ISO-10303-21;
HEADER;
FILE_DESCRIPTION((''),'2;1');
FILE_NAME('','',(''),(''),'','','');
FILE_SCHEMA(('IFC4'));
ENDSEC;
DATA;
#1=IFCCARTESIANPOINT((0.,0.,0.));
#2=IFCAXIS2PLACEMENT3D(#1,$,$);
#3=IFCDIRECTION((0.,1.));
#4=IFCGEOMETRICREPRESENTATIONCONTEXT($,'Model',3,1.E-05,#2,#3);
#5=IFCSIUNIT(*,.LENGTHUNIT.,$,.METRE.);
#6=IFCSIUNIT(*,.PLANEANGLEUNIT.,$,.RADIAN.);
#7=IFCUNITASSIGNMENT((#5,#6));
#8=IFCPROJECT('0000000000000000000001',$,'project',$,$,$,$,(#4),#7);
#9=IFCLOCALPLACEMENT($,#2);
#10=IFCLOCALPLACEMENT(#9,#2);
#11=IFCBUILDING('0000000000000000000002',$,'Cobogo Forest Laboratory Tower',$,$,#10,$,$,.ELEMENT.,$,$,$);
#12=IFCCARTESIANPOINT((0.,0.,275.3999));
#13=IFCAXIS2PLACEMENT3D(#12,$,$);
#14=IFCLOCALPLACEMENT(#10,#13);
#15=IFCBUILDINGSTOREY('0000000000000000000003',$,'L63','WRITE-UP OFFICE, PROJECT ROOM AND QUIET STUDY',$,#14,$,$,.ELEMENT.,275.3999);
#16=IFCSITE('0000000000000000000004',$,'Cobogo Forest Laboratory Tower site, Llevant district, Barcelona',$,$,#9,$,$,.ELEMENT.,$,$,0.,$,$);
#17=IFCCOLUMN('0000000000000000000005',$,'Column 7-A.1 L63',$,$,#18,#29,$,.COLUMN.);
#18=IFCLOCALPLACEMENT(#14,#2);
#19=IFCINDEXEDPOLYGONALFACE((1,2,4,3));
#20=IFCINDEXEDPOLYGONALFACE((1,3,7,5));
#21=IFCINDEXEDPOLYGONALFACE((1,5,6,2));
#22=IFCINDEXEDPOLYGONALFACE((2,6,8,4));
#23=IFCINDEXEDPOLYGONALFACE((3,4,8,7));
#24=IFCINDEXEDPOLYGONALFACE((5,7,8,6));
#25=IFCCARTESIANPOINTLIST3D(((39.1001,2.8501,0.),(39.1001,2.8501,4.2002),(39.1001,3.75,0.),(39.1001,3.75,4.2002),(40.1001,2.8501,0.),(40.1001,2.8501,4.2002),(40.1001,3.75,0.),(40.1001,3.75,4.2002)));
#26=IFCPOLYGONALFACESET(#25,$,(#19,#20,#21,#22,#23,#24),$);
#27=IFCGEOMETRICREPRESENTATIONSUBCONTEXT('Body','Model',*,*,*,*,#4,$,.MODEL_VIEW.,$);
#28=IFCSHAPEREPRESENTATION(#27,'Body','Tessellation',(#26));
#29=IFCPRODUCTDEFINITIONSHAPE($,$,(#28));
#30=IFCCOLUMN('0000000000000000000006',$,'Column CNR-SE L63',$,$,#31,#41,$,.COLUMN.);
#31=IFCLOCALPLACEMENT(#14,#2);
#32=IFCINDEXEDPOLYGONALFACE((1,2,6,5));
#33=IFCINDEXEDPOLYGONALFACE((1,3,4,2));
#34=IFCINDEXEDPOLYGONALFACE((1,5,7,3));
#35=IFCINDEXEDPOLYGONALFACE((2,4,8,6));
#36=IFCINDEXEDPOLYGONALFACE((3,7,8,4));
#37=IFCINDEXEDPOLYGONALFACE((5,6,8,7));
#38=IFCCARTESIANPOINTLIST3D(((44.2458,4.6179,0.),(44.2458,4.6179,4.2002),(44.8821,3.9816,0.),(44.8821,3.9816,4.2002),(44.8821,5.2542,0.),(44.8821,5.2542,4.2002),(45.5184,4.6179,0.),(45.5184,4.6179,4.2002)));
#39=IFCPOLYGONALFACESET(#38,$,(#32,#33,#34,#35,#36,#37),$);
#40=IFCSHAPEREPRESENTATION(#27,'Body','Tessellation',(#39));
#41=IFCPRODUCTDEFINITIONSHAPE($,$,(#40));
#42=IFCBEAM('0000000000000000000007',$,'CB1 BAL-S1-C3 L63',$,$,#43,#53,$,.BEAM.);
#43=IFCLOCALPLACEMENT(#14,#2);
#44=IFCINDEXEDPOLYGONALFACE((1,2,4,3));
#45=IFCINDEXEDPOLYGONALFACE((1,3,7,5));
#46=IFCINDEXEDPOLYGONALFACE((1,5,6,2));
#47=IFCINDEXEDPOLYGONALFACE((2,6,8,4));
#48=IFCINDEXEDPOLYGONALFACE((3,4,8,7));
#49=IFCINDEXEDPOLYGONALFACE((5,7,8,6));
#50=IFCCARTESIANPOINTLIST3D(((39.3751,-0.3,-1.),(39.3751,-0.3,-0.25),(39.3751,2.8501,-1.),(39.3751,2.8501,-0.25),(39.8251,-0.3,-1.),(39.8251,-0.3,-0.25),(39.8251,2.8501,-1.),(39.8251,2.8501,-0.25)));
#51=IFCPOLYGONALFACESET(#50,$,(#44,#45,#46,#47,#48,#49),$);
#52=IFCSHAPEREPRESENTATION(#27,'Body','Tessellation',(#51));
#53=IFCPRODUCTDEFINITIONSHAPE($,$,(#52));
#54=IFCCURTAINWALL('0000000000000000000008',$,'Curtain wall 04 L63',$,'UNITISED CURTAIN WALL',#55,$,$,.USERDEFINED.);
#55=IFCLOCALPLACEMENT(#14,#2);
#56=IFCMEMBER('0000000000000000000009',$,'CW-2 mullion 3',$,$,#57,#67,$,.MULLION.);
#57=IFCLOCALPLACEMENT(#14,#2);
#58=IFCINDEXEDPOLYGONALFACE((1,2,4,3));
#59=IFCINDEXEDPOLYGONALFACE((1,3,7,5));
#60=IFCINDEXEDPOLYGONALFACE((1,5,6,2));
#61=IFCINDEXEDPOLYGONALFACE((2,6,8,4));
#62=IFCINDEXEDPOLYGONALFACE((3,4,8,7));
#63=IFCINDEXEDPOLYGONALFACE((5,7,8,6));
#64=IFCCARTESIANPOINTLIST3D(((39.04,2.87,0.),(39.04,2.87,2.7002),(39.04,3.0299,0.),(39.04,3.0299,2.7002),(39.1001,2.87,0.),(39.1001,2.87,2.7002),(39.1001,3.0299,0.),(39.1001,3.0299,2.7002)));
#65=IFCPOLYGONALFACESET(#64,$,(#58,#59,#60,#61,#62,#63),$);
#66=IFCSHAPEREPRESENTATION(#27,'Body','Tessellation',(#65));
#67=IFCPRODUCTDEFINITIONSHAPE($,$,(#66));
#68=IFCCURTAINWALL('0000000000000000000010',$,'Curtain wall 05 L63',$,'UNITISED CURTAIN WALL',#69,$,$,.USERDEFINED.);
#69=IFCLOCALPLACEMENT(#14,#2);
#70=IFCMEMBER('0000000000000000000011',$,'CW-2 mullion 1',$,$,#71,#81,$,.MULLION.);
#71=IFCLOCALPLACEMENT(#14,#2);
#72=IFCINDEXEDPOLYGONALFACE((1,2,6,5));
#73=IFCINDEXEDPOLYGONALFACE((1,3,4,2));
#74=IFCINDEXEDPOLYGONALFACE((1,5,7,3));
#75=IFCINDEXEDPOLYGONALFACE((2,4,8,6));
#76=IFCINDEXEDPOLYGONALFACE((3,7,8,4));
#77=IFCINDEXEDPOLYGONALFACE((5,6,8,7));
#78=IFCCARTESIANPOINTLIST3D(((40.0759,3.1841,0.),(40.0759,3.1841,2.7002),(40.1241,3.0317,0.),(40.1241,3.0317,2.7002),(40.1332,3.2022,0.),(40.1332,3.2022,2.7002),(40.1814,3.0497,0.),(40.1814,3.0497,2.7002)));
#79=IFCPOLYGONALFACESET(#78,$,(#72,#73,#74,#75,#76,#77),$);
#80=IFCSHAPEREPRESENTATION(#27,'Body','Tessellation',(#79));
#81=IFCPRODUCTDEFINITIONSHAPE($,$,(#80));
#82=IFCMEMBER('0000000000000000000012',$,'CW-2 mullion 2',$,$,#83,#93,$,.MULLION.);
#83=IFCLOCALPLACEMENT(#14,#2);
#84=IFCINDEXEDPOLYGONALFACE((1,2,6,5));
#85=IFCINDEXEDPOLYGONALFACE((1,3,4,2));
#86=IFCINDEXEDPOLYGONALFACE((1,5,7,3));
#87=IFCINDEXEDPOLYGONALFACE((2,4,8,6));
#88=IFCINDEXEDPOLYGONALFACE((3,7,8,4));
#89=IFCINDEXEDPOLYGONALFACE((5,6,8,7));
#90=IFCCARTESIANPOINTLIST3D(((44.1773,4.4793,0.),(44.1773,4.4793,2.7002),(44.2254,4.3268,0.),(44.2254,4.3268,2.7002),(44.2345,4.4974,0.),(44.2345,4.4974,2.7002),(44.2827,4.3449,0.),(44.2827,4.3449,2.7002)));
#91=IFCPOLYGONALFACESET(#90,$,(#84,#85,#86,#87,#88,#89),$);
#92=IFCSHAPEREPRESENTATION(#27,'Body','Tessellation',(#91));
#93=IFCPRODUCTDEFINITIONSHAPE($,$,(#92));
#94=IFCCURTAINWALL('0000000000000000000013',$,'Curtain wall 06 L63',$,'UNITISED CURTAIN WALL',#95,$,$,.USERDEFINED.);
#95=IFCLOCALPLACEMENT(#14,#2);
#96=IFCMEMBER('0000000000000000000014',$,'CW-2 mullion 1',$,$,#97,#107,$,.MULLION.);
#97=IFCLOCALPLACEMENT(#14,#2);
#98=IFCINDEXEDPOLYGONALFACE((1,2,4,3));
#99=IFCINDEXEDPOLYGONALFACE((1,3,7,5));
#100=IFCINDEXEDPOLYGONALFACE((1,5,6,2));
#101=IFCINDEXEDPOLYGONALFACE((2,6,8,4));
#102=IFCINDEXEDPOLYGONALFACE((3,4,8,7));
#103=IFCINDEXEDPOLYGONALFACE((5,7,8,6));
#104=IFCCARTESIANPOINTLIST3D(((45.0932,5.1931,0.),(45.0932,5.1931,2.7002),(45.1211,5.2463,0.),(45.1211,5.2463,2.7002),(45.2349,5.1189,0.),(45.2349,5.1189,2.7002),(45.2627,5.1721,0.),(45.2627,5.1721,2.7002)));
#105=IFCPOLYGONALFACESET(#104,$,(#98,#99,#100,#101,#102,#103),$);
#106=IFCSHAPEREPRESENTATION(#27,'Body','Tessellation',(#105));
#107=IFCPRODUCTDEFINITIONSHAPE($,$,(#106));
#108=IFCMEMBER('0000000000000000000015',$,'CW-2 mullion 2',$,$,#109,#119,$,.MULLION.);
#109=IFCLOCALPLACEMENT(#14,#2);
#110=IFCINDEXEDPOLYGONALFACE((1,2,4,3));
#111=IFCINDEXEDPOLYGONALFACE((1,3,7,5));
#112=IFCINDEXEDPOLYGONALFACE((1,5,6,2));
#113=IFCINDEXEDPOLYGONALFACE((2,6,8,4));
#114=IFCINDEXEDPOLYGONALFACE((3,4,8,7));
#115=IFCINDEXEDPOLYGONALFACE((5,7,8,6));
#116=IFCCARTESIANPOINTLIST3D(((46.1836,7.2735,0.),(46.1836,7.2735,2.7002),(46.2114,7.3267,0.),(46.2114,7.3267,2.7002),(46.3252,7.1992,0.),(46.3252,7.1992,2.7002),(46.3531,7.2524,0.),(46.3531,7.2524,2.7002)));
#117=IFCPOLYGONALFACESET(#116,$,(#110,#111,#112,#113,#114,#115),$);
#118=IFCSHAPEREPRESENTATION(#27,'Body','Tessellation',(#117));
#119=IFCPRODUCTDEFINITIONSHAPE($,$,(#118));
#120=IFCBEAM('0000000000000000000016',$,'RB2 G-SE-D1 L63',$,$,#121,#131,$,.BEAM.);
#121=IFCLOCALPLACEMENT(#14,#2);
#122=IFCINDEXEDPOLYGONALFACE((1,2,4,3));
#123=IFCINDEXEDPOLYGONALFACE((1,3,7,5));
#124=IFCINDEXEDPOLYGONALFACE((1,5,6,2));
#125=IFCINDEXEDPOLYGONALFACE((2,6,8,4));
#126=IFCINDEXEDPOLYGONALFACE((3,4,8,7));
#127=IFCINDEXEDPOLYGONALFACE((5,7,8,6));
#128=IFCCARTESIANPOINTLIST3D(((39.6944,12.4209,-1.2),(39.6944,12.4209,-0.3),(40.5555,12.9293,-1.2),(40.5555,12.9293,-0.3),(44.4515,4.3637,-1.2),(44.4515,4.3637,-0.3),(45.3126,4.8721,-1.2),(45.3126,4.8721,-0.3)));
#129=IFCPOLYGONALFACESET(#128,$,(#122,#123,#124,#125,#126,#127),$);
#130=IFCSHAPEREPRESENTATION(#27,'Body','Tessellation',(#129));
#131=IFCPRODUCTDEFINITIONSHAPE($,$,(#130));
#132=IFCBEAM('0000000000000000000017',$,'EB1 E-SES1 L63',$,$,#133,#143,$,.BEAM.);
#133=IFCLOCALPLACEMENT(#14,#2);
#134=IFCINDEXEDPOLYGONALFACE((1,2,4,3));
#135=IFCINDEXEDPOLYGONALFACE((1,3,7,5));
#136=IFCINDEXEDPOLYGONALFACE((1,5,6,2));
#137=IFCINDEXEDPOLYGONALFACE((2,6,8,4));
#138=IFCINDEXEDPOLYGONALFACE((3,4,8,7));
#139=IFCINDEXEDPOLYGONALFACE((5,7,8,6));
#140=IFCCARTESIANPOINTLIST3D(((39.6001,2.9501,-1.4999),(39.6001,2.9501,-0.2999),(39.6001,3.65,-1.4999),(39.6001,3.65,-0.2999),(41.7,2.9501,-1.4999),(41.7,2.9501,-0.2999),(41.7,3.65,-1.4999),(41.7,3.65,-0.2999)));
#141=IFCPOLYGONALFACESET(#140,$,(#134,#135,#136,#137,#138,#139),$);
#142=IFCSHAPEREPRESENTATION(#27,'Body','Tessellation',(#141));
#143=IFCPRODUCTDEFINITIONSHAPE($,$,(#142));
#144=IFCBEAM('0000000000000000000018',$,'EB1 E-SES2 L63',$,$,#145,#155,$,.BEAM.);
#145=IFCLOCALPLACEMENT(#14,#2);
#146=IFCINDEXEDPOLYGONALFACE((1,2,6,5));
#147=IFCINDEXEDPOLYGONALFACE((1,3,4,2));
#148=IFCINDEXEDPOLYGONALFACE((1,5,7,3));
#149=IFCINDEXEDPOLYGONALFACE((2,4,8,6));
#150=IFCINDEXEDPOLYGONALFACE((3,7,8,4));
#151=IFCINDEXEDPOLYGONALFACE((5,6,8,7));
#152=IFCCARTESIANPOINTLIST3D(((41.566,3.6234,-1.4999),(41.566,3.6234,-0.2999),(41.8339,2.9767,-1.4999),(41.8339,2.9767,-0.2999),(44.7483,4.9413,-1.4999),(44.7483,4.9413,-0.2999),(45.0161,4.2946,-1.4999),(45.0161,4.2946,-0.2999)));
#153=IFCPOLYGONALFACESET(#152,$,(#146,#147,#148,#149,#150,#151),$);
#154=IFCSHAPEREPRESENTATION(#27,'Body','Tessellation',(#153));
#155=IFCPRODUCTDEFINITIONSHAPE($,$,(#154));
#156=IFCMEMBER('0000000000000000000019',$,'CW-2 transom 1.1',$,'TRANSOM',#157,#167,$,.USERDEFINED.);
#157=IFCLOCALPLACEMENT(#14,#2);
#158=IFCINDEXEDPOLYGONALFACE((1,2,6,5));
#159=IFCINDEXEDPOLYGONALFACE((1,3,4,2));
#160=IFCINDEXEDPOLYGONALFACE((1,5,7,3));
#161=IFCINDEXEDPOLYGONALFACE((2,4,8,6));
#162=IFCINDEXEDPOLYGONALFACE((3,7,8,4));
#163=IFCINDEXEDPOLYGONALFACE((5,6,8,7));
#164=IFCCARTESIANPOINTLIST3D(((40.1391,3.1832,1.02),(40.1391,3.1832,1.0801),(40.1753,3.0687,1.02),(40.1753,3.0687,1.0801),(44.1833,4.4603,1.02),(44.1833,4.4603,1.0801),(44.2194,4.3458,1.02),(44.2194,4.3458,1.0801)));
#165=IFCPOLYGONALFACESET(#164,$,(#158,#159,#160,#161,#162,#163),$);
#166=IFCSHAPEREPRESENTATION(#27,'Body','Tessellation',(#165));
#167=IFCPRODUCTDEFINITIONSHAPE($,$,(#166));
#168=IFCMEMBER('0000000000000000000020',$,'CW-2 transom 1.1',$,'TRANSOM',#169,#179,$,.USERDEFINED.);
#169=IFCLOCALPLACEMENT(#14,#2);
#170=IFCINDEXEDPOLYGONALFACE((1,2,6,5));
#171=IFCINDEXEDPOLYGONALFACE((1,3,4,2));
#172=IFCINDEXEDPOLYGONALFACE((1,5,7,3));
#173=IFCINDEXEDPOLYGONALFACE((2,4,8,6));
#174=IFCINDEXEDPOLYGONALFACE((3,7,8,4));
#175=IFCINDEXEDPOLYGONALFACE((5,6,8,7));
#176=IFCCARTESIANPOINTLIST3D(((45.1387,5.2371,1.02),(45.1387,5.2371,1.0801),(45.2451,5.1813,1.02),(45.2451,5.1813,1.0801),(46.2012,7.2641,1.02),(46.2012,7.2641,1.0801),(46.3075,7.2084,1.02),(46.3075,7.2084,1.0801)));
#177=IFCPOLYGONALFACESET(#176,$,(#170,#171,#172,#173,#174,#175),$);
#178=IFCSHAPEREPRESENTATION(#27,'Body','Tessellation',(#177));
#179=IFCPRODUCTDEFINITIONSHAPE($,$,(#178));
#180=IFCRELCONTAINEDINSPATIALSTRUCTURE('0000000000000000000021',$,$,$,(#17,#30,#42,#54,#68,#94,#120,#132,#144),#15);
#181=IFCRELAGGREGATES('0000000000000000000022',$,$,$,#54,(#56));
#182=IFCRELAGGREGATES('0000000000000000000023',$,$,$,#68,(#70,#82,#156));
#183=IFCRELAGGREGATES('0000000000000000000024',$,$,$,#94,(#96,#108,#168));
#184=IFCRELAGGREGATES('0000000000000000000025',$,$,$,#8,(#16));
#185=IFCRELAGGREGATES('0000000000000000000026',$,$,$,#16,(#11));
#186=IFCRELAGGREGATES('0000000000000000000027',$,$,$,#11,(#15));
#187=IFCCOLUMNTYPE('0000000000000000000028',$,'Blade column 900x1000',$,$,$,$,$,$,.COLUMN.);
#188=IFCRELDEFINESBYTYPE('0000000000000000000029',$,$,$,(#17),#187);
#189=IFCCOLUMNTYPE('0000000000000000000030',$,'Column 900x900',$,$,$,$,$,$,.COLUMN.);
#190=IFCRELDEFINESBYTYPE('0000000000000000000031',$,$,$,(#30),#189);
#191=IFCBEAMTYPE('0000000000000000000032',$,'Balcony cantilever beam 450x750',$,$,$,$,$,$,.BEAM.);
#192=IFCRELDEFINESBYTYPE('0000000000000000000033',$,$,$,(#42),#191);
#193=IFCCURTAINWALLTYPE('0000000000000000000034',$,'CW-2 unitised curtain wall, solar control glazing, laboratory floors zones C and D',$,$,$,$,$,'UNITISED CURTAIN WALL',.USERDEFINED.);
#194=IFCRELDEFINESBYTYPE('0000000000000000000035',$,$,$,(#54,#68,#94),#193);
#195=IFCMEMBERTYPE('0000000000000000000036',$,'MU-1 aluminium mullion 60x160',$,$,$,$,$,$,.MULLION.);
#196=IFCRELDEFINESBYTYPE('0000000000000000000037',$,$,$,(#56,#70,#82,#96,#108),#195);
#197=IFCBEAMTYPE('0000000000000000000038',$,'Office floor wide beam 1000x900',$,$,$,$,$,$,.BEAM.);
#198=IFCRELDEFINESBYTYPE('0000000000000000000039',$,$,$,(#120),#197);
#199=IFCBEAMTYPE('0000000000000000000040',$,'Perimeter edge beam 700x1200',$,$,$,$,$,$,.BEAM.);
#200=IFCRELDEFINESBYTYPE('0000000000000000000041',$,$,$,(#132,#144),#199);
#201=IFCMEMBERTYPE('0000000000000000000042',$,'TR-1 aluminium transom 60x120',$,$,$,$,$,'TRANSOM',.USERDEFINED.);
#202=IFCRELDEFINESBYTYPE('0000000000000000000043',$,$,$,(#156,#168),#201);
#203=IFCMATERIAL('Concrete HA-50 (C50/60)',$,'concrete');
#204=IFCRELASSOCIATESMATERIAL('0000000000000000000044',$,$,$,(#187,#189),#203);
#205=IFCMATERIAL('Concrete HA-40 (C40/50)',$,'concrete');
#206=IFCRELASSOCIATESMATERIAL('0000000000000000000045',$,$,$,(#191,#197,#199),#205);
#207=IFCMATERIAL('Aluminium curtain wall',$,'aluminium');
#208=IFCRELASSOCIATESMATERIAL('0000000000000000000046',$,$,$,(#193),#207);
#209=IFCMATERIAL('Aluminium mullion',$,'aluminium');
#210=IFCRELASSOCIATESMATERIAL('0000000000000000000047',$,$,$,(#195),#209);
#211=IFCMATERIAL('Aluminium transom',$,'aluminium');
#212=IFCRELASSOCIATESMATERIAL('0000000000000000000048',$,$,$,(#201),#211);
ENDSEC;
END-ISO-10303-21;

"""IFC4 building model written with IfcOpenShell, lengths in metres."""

from ifc_helpers import new_model, si_unit, direction, frame, origin, origin_2d, place, context, subcontext, project, spatial, rectangle, extrude, material, material_profile, profile_set, type_object, element, aggregate, save


model = new_model("IFC4")

# Units and contexts
model_context = context("Model", 3, precision=1e-05, world=origin(), true_north=direction((0.0, 1.0)))
body_context = subcontext(model_context, "Body", "Model", "MODEL_VIEW")
ifc_project = project(units=[si_unit("LENGTHUNIT", "METRE"), si_unit("PLANEANGLEUNIT", "RADIAN")], contexts=[model_context])

# Site, building, storey
site_placement = place(None, origin())
site = spatial("IfcSite", under=ifc_project, at=site_placement, Name="Cobogo Forest Laboratory Tower site, Llevant district, Barcelona", CompositionType="ELEMENT", RefElevation=0.0)
building_placement = place(site_placement, origin())
building = spatial("IfcBuilding", under=site, at=building_placement, Name="Cobogo Forest Laboratory Tower", CompositionType="ELEMENT")
storey_placement = place(building_placement, frame((0.0, 0.0, 275.3999)))
storey = spatial("IfcBuildingStorey", under=building, at=storey_placement, Name="L63", Description="WRITE-UP OFFICE, PROJECT ROOM AND QUIET STUDY", CompositionType="ELEMENT", Elevation=275.3999)

# Columns
ifc_material_1 = material(Name="Concrete HA-50 (C50/60)", Category="concrete")
ifc_material_profile_1 = material_profile(ifc_material_1, rectangle(XDim=1.0, YDim=0.8999, at=origin_2d()), Name="RC 900x1000")
ifc_profile_set_1 = profile_set([ifc_material_profile_1], Name="Concrete HA-50 (C50/60)")
column_type_1 = type_object("IfcColumnType", Name="Blade column 900x1000", PredefinedType="COLUMN", material=ifc_profile_set_1)
column_1_placement = place(storey_placement, frame((39.6001, 3.3, 0.0), z_axis=(0.0, 0.0, 1.0), x_axis=(1.0, 0.0, 0.0)))
element("IfcColumn", 1, at=column_1_placement, inside=storey, type_object=column_type_1, Name="Column 7-A.1 L63", PredefinedType="COLUMN", context=body_context, shape_type="SweptSolid", body=[
    extrude(rectangle(XDim=1.0, YDim=0.8999, at=origin_2d()), origin(), (0.0, 0.0, 1.0), 4.2002),
])
ifc_material_profile_2 = material_profile(ifc_material_1, rectangle(XDim=0.8999, YDim=0.8999, at=origin_2d()), Name="RC 900x900")
ifc_profile_set_2 = profile_set([ifc_material_profile_2], Name="Concrete HA-50 (C50/60)")
column_type_2 = type_object("IfcColumnType", Name="Column 900x900", PredefinedType="COLUMN", material=ifc_profile_set_2)
column_2_placement = place(storey_placement, frame((44.8821, 4.6179, 0.0), z_axis=(0.0, 0.0, 1.0), x_axis=(0.707107, 0.707107, 0.0)))
element("IfcColumn", 2, at=column_2_placement, inside=storey, type_object=column_type_2, Name="Column CNR-SE L63", PredefinedType="COLUMN", context=body_context, shape_type="SweptSolid", body=[
    extrude(rectangle(XDim=0.8999, YDim=0.8999, at=origin_2d()), origin(), (0.0, 0.0, 1.0), 4.2002),
])

# Beam
ifc_material_2 = material(Name="Concrete HA-40 (C40/50)", Category="concrete")
ifc_material_profile_3 = material_profile(ifc_material_2, rectangle(XDim=0.45, YDim=0.75, at=origin_2d()), Name="RC 450x750")
ifc_profile_set_3 = profile_set([ifc_material_profile_3], Name="Concrete HA-40 (C40/50)")
beam_type_1 = type_object("IfcBeamType", Name="Balcony cantilever beam 450x750", PredefinedType="BEAM", material=ifc_profile_set_3)
beam_1_placement = place(storey_placement, frame((39.6001, 2.8501, -0.625), z_axis=(0.0, -1.0, 0.0), x_axis=(1.0, 0.0, 0.0)))
element("IfcBeam", 3, at=beam_1_placement, inside=storey, type_object=beam_type_1, Name="CB1 BAL-S1-C3 L63", PredefinedType="BEAM", context=body_context, shape_type="SweptSolid", body=[
    extrude(rectangle(XDim=0.45, YDim=0.75, at=origin_2d()), origin(), (0.0, 0.0, 1.0), 3.1501),
])

# Curtain wall, member
ifc_material_3 = material(Name="Aluminium curtain wall", Category="aluminium")
curtain_wall_type = type_object("IfcCurtainWallType", Name="CW-2 unitised curtain wall, solar control glazing, laboratory floors zones C and D", ElementType="UNITISED CURTAIN WALL", PredefinedType="USERDEFINED", material=ifc_material_3)
curtain_wall_1_placement = place(storey_placement, origin())
curtain_wall_1 = element("IfcCurtainWall", 4, at=curtain_wall_1_placement, inside=storey, type_object=curtain_wall_type, Name="Curtain wall 04 L63", ObjectType="UNITISED CURTAIN WALL", PredefinedType="USERDEFINED")
ifc_material_4 = material(Name="Aluminium mullion", Category="aluminium")
ifc_material_profile_4 = material_profile(ifc_material_4, rectangle(XDim=0.0601, YDim=0.1599, at=origin_2d()), Name="AL 60x160")
ifc_profile_set_4 = profile_set([ifc_material_profile_4], Name="Aluminium mullion")
member_type_1 = type_object("IfcMemberType", Name="MU-1 aluminium mullion 60x160", PredefinedType="MULLION", material=ifc_profile_set_4)
member_1_placement = place(storey_placement, frame((39.0701, 2.95, 0.0), z_axis=(0.0, 0.0, 1.0), x_axis=(1.0, 0.0, 0.0)))
member_1 = element("IfcMember", 5, at=member_1_placement, type_object=member_type_1, Name="CW-2 mullion 3", PredefinedType="MULLION", context=body_context, shape_type="SweptSolid", body=[
    extrude(rectangle(XDim=0.0601, YDim=0.1599, at=origin_2d()), origin(), (0.0, 0.0, 1.0), 2.7002),
])
aggregate(curtain_wall_1, [member_1])

# Curtain walls, members
curtain_wall_2_placement = place(storey_placement, origin())
curtain_wall_2 = element("IfcCurtainWall", 6, at=curtain_wall_2_placement, inside=storey, type_object=curtain_wall_type, Name="Curtain wall 05 L63", ObjectType="UNITISED CURTAIN WALL", PredefinedType="USERDEFINED")
member_2_placement = place(storey_placement, frame((40.1287, 3.1169, 0.0), z_axis=(0.0, 0.0, 1.0), x_axis=(0.953581, 0.301135, 0.0)))
member_2 = element("IfcMember", 7, at=member_2_placement, type_object=member_type_1, Name="CW-2 mullion 1", PredefinedType="MULLION", context=body_context, shape_type="SweptSolid", body=[
    extrude(rectangle(XDim=0.0601, YDim=0.1599, at=origin_2d()), origin(), (0.0, 0.0, 1.0), 2.7002),
])
member_3_placement = place(storey_placement, frame((44.23, 4.4121, 0.0), z_axis=(0.0, 0.0, 1.0), x_axis=(0.953581, 0.301135, 0.0)))
member_3 = element("IfcMember", 8, at=member_3_placement, type_object=member_type_1, Name="CW-2 mullion 2", PredefinedType="MULLION", context=body_context, shape_type="SweptSolid", body=[
    extrude(rectangle(XDim=0.0601, YDim=0.1599, at=origin_2d()), origin(), (0.0, 0.0, 1.0), 2.7002),
])
curtain_wall_3_placement = place(storey_placement, origin())
curtain_wall_3 = element("IfcCurtainWall", 9, at=curtain_wall_3_placement, inside=storey, type_object=curtain_wall_type, Name="Curtain wall 06 L63", ObjectType="UNITISED CURTAIN WALL", PredefinedType="USERDEFINED")
member_4_placement = place(storey_placement, frame((45.178, 5.1826, 0.0), z_axis=(0.0, 0.0, 1.0), x_axis=(0.464284, 0.885686, 0.0)))
member_4 = element("IfcMember", 10, at=member_4_placement, type_object=member_type_1, Name="CW-2 mullion 1", PredefinedType="MULLION", context=body_context, shape_type="SweptSolid", body=[
    extrude(rectangle(XDim=0.0601, YDim=0.1599, at=origin_2d()), origin(), (0.0, 0.0, 1.0), 2.7002),
])
member_5_placement = place(storey_placement, frame((46.2683, 7.2629, 0.0), z_axis=(0.0, 0.0, 1.0), x_axis=(0.464284, 0.885686, 0.0)))
member_5 = element("IfcMember", 11, at=member_5_placement, type_object=member_type_1, Name="CW-2 mullion 2", PredefinedType="MULLION", context=body_context, shape_type="SweptSolid", body=[
    extrude(rectangle(XDim=0.0601, YDim=0.1599, at=origin_2d()), origin(), (0.0, 0.0, 1.0), 2.7002),
])

# Beams
ifc_material_profile_5 = material_profile(ifc_material_2, rectangle(XDim=1.0, YDim=0.8999, at=origin_2d()), Name="RC 1000x900")
ifc_profile_set_5 = profile_set([ifc_material_profile_5], Name="Concrete HA-40 (C40/50)")
beam_type_2 = type_object("IfcBeamType", Name="Office floor wide beam 1000x900", PredefinedType="BEAM", material=ifc_profile_set_5)
beam_2_placement = place(storey_placement, frame((44.8821, 4.6179, -0.75), z_axis=(-0.508416, 0.861111, 0.0), x_axis=(-0.861111, -0.508416, 0.0)))
element("IfcBeam", 12, at=beam_2_placement, inside=storey, type_object=beam_type_2, Name="RB2 G-SE-D1 L63", PredefinedType="BEAM", context=body_context, shape_type="SweptSolid", body=[
    extrude(rectangle(XDim=1.0, YDim=0.8999, at=origin_2d()), origin(), (0.0, 0.0, 1.0), 9.3567),
])
ifc_material_profile_6 = material_profile(ifc_material_2, rectangle(XDim=0.7, YDim=1.2, at=origin_2d()), Name="RC 700x1200")
ifc_profile_set_6 = profile_set([ifc_material_profile_6], Name="Concrete HA-40 (C40/50)")
beam_type_3 = type_object("IfcBeamType", Name="Perimeter edge beam 700x1200", PredefinedType="BEAM", material=ifc_profile_set_6)
beam_3_placement = place(storey_placement, frame((39.6001, 3.3, -0.8999), z_axis=(1.0, 0.0, 0.0), x_axis=(0.0, 1.0, 0.0)))
element("IfcBeam", 13, at=beam_3_placement, inside=storey, type_object=beam_type_3, Name="EB1 E-SES1 L63", PredefinedType="BEAM", context=body_context, shape_type="SweptSolid", body=[
    extrude(rectangle(XDim=0.7, YDim=1.2, at=origin_2d()), origin(), (0.0, 0.0, 1.0), 2.0999),
])
beam_4_placement = place(storey_placement, frame((41.7, 3.3, -0.8999), z_axis=(0.923901, 0.382631, 0.0), x_axis=(-0.382631, 0.923901, 0.0)))
element("IfcBeam", 14, at=beam_4_placement, inside=storey, type_object=beam_type_3, Name="EB1 E-SES2 L63", PredefinedType="BEAM", context=body_context, shape_type="SweptSolid", body=[
    extrude(rectangle(XDim=0.7, YDim=1.2, at=origin_2d()), origin(), (0.0, 0.0, 1.0), 3.4443),
])

# Members
ifc_material_5 = material(Name="Aluminium transom", Category="aluminium")
ifc_material_profile_7 = material_profile(ifc_material_5, rectangle(XDim=0.1201, YDim=0.0601, at=origin_2d()), Name="AL 60x120")
ifc_profile_set_7 = profile_set([ifc_material_profile_7], Name="Aluminium transom")
member_type_2 = type_object("IfcMemberType", Name="TR-1 aluminium transom 60x120", ElementType="TRANSOM", PredefinedType="USERDEFINED", material=ifc_profile_set_7)
member_6_placement = place(storey_placement, frame((40.1572, 3.126, 1.05), z_axis=(0.953584, 0.301129, 0.0), x_axis=(-0.301129, 0.953584, 0.0)))
member_6 = element("IfcMember", 15, at=member_6_placement, type_object=member_type_2, Name="CW-2 transom 1.1", ObjectType="TRANSOM", PredefinedType="USERDEFINED", context=body_context, shape_type="SweptSolid", body=[
    extrude(rectangle(XDim=0.1201, YDim=0.0601, at=origin_2d()), origin(), (0.0, 0.0, 1.0), 4.241),
])
member_7_placement = place(storey_placement, frame((45.1919, 5.2092, 1.05), z_axis=(0.464242, 0.885708, 0.0), x_axis=(-0.885708, 0.464242, 0.0)))
member_7 = element("IfcMember", 16, at=member_7_placement, type_object=member_type_2, Name="CW-2 transom 1.1", ObjectType="TRANSOM", PredefinedType="USERDEFINED", context=body_context, shape_type="SweptSolid", body=[
    extrude(rectangle(XDim=0.1201, YDim=0.0601, at=origin_2d()), origin(), (0.0, 0.0, 1.0), 2.2886),
])

aggregate(curtain_wall_2, [member_2, member_3, member_6])
aggregate(curtain_wall_3, [member_4, member_5, member_7])

save(model, "model.ifc")
